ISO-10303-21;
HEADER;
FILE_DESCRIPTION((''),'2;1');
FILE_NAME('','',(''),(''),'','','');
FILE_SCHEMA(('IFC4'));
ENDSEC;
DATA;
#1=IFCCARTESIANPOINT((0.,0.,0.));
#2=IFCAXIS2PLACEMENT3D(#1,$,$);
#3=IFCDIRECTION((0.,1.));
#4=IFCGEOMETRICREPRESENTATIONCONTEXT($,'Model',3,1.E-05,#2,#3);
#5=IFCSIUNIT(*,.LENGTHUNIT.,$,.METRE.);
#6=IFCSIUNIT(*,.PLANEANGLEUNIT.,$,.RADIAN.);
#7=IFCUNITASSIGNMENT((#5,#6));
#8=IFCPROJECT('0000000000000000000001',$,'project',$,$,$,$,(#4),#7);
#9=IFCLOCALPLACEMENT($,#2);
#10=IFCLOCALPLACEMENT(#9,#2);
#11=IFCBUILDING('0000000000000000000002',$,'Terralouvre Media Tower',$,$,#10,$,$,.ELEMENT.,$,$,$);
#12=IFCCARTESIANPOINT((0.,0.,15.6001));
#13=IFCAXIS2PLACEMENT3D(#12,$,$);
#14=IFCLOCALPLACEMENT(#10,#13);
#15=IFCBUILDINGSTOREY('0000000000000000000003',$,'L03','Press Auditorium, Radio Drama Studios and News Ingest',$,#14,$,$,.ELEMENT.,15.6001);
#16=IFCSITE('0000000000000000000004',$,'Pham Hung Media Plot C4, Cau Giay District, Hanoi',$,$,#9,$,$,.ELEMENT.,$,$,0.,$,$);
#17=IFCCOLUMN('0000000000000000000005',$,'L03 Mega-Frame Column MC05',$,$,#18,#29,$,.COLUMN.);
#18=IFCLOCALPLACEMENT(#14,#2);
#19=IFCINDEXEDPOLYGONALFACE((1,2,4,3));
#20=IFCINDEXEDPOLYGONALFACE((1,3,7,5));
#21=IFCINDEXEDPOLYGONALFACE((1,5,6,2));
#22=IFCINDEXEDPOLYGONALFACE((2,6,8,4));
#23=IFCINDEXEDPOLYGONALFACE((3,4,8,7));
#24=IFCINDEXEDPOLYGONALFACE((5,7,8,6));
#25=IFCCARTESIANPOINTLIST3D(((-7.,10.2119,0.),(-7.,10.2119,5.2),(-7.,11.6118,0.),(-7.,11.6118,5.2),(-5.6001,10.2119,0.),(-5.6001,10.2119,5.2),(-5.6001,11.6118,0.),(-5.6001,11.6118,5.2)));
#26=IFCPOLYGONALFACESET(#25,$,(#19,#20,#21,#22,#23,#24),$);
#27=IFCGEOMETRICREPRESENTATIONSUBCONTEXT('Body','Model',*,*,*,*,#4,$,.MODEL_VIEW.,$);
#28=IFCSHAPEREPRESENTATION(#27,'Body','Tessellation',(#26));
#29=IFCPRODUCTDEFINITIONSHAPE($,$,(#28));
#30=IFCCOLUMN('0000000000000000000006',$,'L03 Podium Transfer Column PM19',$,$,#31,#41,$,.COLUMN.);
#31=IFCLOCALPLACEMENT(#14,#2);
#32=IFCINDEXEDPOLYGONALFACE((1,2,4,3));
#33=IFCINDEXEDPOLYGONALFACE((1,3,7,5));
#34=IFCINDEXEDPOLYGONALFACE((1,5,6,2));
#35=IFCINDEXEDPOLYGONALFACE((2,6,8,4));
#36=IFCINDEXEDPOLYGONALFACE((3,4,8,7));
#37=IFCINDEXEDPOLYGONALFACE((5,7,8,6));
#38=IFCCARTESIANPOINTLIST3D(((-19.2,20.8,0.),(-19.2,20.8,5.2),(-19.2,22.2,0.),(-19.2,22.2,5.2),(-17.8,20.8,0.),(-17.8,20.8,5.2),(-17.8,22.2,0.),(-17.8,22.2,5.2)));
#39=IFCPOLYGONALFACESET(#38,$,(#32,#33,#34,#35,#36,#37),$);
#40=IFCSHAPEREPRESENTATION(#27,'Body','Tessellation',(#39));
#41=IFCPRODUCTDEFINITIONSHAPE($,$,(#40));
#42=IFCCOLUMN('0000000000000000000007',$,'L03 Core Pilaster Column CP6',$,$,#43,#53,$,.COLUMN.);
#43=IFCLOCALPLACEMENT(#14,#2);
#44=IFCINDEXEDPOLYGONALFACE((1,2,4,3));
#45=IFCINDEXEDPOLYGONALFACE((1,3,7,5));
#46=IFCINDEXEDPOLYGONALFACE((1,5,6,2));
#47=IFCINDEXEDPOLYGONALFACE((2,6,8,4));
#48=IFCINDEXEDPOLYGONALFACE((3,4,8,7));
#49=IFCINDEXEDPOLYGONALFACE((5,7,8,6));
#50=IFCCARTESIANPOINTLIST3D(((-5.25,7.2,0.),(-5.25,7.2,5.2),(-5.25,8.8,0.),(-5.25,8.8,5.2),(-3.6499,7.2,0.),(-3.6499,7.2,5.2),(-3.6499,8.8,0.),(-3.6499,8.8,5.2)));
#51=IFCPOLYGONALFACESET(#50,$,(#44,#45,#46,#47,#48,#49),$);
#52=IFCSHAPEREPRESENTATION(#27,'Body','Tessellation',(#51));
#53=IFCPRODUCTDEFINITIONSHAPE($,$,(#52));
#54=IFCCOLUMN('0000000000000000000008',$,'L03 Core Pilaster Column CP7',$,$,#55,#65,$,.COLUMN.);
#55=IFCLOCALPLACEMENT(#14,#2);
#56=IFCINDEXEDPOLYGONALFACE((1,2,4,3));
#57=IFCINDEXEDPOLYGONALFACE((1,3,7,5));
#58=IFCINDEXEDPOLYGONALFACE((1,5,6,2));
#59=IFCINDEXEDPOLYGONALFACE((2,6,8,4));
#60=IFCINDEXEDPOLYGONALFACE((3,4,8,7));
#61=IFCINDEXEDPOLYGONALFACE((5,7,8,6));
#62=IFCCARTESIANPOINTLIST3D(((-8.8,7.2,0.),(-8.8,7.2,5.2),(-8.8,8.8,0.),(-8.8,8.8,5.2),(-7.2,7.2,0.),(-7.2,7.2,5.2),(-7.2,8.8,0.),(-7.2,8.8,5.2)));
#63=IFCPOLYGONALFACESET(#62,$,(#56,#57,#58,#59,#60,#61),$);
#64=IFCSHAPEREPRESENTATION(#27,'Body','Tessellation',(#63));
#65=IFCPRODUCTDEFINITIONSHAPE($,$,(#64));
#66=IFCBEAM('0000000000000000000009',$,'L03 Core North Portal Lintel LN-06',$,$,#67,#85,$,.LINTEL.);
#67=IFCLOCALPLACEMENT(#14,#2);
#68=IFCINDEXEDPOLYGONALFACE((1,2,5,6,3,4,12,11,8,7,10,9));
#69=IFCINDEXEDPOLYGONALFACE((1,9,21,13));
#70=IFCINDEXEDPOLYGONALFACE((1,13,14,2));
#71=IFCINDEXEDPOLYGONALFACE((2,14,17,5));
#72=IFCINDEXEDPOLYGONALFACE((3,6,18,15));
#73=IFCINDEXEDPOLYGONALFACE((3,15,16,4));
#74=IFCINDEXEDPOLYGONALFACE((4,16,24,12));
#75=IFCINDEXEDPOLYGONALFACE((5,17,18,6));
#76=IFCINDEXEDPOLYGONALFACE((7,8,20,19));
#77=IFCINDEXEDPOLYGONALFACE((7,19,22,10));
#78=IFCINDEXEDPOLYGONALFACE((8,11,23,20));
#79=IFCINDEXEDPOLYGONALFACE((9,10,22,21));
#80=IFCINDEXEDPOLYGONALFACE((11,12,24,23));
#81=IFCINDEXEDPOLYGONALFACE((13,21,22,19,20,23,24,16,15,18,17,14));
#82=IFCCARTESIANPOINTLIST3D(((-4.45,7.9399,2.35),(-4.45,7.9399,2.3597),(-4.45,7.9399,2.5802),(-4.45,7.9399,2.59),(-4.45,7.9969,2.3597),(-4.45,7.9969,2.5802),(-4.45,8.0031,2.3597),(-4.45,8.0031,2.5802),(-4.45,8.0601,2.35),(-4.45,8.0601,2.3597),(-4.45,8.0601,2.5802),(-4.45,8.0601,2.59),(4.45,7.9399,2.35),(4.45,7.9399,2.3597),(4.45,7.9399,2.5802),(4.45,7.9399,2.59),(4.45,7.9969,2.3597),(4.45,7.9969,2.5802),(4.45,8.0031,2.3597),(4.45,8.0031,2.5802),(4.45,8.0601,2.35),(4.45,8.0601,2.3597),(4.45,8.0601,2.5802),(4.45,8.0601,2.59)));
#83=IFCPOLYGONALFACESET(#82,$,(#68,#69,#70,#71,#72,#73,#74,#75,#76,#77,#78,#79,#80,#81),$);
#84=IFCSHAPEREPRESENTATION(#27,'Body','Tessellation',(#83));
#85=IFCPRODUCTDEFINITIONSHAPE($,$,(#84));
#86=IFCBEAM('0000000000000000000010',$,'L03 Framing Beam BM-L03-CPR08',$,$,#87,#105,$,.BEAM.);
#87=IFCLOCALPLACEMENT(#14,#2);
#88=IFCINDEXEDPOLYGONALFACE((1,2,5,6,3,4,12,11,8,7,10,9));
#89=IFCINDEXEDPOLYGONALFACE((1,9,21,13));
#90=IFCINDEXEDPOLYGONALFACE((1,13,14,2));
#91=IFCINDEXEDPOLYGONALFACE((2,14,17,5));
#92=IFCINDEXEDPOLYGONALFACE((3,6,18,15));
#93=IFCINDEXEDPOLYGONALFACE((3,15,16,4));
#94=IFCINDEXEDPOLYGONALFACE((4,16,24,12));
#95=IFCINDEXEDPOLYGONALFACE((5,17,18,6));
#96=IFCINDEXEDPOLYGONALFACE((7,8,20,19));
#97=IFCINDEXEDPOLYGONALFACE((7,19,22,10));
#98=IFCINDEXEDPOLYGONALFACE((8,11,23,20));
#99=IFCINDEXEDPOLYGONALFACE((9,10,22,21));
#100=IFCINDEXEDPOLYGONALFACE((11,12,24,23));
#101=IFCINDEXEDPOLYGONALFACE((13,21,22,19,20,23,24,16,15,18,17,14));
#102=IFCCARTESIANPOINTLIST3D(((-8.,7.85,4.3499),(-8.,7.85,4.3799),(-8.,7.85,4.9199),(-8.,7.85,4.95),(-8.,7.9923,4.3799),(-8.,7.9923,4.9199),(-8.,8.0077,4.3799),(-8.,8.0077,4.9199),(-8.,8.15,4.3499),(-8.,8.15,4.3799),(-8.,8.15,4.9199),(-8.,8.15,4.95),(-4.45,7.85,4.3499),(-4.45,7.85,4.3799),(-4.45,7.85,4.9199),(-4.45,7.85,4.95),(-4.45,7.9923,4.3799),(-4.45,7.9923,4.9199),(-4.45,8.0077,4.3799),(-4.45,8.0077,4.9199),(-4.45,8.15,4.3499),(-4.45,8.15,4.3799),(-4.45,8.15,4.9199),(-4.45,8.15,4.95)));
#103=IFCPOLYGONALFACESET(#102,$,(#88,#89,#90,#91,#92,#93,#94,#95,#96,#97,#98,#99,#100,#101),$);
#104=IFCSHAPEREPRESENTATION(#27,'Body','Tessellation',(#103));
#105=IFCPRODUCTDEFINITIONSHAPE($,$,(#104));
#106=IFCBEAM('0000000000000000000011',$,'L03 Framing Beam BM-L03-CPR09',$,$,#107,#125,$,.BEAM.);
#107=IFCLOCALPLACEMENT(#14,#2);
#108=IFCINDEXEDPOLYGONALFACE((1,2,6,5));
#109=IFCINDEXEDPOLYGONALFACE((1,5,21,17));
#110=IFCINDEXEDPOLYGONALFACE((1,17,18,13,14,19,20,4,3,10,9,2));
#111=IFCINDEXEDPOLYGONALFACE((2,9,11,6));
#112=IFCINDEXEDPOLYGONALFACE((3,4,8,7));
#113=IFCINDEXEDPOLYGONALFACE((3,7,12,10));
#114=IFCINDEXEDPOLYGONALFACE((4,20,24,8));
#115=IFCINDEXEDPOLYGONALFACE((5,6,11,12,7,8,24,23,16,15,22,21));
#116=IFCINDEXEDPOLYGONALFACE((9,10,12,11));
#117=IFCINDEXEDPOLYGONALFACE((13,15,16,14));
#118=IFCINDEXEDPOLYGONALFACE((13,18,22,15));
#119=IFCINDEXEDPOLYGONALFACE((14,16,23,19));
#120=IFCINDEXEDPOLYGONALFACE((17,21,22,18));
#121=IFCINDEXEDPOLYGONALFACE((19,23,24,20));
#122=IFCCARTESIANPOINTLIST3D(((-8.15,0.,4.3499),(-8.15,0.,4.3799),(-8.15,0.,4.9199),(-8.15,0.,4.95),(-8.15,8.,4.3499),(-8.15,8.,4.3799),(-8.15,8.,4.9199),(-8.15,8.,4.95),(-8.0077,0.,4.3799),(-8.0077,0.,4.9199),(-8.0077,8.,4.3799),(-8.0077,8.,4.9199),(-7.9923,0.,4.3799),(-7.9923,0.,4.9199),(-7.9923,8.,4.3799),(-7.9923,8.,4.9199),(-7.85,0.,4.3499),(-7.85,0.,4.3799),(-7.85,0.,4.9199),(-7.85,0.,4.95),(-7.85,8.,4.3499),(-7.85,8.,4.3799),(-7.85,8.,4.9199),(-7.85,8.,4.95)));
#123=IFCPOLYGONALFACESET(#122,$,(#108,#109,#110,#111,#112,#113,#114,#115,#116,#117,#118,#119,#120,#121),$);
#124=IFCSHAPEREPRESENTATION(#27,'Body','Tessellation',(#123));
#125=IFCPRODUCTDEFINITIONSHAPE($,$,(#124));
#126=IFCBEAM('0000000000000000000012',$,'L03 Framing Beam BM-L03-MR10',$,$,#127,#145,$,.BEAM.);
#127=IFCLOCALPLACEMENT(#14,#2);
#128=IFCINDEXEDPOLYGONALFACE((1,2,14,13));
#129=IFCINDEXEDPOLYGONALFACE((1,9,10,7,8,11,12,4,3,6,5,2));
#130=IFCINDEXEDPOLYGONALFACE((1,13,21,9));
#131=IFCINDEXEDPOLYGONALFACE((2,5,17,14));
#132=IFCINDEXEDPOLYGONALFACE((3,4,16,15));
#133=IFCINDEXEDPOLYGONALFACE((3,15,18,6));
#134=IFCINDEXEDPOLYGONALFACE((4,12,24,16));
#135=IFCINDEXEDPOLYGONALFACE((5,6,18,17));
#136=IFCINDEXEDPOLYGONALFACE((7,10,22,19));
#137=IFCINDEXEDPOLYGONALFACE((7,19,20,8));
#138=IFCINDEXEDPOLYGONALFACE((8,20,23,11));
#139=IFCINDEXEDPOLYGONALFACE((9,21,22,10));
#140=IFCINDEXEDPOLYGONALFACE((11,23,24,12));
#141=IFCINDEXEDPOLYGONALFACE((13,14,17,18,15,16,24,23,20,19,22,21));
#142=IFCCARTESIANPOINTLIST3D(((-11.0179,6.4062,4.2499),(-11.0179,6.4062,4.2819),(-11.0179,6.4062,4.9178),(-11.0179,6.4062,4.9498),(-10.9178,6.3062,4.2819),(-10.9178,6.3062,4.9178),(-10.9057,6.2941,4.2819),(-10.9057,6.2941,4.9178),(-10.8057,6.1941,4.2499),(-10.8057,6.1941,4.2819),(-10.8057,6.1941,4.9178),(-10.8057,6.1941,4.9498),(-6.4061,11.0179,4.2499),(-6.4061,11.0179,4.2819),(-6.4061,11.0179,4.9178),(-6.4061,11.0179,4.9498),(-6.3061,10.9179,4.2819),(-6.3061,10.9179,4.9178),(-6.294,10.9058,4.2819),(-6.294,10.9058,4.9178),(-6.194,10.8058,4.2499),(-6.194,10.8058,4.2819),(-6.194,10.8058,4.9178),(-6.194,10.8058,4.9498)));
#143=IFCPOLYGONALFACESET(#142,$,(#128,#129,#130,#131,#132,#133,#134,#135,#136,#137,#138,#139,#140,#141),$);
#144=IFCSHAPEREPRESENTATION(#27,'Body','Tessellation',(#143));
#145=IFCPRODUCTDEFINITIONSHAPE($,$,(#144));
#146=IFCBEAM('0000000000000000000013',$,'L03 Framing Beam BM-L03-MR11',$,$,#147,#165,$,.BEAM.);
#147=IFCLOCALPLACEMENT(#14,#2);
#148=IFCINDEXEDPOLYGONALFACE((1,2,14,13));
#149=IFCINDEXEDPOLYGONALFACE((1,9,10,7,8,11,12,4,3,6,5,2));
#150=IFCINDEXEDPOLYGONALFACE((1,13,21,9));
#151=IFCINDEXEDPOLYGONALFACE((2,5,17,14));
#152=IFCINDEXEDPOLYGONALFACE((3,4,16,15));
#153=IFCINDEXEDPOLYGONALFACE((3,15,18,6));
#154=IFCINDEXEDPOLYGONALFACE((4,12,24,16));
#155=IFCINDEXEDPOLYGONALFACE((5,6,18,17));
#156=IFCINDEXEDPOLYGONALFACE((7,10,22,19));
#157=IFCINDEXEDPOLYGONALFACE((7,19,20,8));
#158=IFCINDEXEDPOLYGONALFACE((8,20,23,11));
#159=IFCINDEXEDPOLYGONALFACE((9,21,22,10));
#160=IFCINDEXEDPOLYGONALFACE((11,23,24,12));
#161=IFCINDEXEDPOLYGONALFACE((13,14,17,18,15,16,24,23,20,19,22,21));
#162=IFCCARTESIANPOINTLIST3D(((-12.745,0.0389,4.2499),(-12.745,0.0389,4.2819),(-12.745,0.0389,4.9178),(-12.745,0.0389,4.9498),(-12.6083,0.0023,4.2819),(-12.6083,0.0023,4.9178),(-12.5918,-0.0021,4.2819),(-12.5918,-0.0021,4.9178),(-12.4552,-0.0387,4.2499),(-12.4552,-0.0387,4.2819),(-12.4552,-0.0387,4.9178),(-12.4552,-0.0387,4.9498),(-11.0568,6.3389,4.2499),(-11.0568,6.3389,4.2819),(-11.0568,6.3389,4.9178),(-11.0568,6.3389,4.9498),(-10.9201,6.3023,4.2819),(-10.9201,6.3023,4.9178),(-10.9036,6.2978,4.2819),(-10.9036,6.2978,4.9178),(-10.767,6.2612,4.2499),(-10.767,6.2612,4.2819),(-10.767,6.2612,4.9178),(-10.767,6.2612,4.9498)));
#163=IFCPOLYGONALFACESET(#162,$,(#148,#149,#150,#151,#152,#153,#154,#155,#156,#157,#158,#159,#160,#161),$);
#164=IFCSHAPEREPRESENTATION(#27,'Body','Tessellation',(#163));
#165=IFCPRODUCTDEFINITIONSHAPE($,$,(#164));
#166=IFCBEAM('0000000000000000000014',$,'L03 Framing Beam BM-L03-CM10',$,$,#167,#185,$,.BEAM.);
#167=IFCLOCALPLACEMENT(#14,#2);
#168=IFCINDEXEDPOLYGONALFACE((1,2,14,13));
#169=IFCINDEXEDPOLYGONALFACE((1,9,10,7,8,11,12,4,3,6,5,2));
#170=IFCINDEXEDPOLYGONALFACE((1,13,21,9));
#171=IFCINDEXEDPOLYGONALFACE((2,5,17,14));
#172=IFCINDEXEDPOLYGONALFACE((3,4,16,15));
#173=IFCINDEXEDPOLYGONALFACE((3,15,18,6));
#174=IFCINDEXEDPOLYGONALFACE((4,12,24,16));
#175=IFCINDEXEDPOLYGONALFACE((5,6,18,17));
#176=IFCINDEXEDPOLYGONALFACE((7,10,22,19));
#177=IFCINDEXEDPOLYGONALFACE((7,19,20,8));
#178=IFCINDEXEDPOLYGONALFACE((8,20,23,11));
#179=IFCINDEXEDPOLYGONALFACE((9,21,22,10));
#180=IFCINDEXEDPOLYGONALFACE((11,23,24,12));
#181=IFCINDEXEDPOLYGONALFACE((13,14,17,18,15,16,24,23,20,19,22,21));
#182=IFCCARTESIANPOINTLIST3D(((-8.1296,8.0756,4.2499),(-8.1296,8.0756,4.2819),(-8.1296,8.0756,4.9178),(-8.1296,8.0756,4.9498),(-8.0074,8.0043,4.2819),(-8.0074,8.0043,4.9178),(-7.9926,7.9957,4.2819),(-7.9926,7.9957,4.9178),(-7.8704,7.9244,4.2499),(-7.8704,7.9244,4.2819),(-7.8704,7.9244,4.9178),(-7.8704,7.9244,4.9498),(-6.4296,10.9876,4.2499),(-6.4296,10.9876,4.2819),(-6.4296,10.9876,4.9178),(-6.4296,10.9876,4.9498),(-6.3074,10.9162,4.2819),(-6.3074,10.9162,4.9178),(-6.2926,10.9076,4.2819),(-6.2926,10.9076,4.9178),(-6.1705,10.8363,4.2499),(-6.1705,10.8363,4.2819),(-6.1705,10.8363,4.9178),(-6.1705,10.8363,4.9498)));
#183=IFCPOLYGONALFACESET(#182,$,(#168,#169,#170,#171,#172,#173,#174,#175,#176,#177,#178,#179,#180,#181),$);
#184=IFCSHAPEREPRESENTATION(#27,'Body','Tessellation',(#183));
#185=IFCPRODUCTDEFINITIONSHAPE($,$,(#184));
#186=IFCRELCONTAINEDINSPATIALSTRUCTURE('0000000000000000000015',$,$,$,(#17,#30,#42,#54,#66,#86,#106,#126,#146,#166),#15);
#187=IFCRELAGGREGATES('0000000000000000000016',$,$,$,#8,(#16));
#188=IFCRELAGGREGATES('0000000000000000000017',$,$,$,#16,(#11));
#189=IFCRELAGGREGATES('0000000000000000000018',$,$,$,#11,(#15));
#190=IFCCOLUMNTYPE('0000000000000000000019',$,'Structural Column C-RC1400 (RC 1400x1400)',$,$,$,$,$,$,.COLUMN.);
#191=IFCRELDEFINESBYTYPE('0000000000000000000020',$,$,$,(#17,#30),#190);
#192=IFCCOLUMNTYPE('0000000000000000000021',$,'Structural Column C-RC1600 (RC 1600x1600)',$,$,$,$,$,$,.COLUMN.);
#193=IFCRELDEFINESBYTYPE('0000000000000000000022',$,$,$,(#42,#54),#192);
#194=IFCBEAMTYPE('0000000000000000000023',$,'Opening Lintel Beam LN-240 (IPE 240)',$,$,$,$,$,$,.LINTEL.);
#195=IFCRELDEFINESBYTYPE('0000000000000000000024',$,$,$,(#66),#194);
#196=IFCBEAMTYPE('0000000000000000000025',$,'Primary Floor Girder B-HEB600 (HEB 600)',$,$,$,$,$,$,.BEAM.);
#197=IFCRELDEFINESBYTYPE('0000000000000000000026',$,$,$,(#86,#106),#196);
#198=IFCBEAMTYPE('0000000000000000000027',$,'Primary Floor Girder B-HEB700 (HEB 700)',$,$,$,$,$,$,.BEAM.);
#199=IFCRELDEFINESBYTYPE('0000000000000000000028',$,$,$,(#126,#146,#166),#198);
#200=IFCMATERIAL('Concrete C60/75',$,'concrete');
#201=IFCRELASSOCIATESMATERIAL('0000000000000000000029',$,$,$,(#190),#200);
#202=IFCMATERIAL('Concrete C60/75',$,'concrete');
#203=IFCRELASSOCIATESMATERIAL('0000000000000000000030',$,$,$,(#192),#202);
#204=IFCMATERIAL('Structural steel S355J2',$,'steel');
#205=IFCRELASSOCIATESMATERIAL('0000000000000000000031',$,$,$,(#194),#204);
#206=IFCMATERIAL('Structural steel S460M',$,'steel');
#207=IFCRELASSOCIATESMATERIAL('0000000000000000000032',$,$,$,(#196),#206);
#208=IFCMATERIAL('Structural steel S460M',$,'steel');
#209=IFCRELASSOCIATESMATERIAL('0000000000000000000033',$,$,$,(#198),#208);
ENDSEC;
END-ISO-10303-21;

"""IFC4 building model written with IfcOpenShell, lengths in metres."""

from ifc_helpers import new_model, si_unit, direction, frame, origin, origin_2d, place, context, subcontext, project, spatial, rectangle, i_section, extrude, material, material_profile, profile_set, type_object, element, save


model = new_model("IFC4")

# Units and contexts
model_context = context("Model", 3, precision=1e-05, world=origin(), true_north=direction((0.0, 1.0)))
body_context = subcontext(model_context, "Body", "Model", "MODEL_VIEW")
ifc_project = project(units=[si_unit("LENGTHUNIT", "METRE"), si_unit("PLANEANGLEUNIT", "RADIAN")], contexts=[model_context])

# Site, building, storey
site_placement = place(None, origin())
site = spatial("IfcSite", under=ifc_project, at=site_placement, Name="Pham Hung Media Plot C4, Cau Giay District, Hanoi", CompositionType="ELEMENT", RefElevation=0.0)
building_placement = place(site_placement, origin())
building = spatial("IfcBuilding", under=site, at=building_placement, Name="Terralouvre Media Tower", CompositionType="ELEMENT")
storey_placement = place(building_placement, frame((0.0, 0.0, 15.6001)))
storey = spatial("IfcBuildingStorey", under=building, at=storey_placement, Name="L03", Description="Press Auditorium, Radio Drama Studios and News Ingest", CompositionType="ELEMENT", Elevation=15.6001)

# Columns
ifc_material_1 = material(Name="Concrete C60/75", Category="concrete")
ifc_material_profile_1 = material_profile(ifc_material_1, rectangle(XDim=1.3999, YDim=1.3999, at=origin_2d()), Name="RC 1400x1400")
ifc_profile_set_1 = profile_set([ifc_material_profile_1], Name="Concrete C60/75")
column_type_1 = type_object("IfcColumnType", Name="Structural Column C-RC1400 (RC 1400x1400)", PredefinedType="COLUMN", material=ifc_profile_set_1)
for number, where, z_axis, x_axis, name in (
    (1, (-6.3, 10.9119, 0.0), (0.0, 0.0, 1.0), (1.0, 0.0, 0.0), "L03 Mega-Frame Column MC05"),
    (2, (-18.5, 21.5, 0.0), (0.0, 0.0, 1.0), (1.0, 0.0, 0.0), "L03 Podium Transfer Column PM19"),
):
    element("IfcColumn", number, at=place(storey_placement, frame(where, z_axis=z_axis, x_axis=x_axis)), inside=storey, type_object=column_type_1, Name=name, PredefinedType="COLUMN", context=body_context, shape_type="SweptSolid", body=[
        extrude(rectangle(XDim=1.3999, YDim=1.3999, at=origin_2d()), origin(), (0.0, 0.0, 1.0), 5.2),
    ])
ifc_material_2 = material(Name="Concrete C60/75", Category="concrete")
ifc_material_profile_2 = material_profile(ifc_material_2, rectangle(XDim=1.6001, YDim=1.6001, at=origin_2d()), Name="RC 1600x1600")
ifc_profile_set_2 = profile_set([ifc_material_profile_2], Name="Concrete C60/75")
column_type_2 = type_object("IfcColumnType", Name="Structural Column C-RC1600 (RC 1600x1600)", PredefinedType="COLUMN", material=ifc_profile_set_2)
for number, where, z_axis, x_axis, name in (
    (3, (-4.45, 8.0, 0.0), (0.0, 0.0, 1.0), (1.0, 0.0, 0.0), "L03 Core Pilaster Column CP6"),
    (4, (-8.0, 8.0, 0.0), (0.0, 0.0, 1.0), (1.0, 0.0, 0.0), "L03 Core Pilaster Column CP7"),
):
    element("IfcColumn", number, at=place(storey_placement, frame(where, z_axis=z_axis, x_axis=x_axis)), inside=storey, type_object=column_type_2, Name=name, PredefinedType="COLUMN", context=body_context, shape_type="SweptSolid", body=[
        extrude(rectangle(XDim=1.6001, YDim=1.6001, at=origin_2d()), origin(), (0.0, 0.0, 1.0), 5.2),
    ])

# Beams
ifc_material_3 = material(Name="Structural steel S355J2", Category="steel")
ifc_material_profile_3 = material_profile(ifc_material_3, i_section(OverallWidth=0.1201, OverallDepth=0.24, WebThickness=0.0061, FlangeThickness=0.0098, at=origin_2d()), Name="IPE 240")
ifc_profile_set_3 = profile_set([ifc_material_profile_3], Name="Structural steel S355J2")
beam_type_1 = type_object("IfcBeamType", Name="Opening Lintel Beam LN-240 (IPE 240)", PredefinedType="LINTEL", material=ifc_profile_set_3)
beam_1_placement = place(storey_placement, frame((-4.45, 8.0, 2.47), z_axis=(1.0, 0.0, 0.0), x_axis=(0.0, 1.0, 0.0)))
element("IfcBeam", 5, at=beam_1_placement, inside=storey, type_object=beam_type_1, Name="L03 Core North Portal Lintel LN-06", PredefinedType="LINTEL", context=body_context, shape_type="SweptSolid", body=[
    extrude(i_section(OverallWidth=0.1201, OverallDepth=0.24, WebThickness=0.0061, FlangeThickness=0.0098, at=origin_2d()), origin(), (0.0, 0.0, 1.0), 8.8999),
])
ifc_material_4 = material(Name="Structural steel S460M", Category="steel")
ifc_material_profile_4 = material_profile(ifc_material_4, i_section(OverallWidth=0.3, OverallDepth=0.6001, WebThickness=0.0154, FlangeThickness=0.03, at=origin_2d()), Name="HEB 600")
ifc_profile_set_4 = profile_set([ifc_material_profile_4], Name="Structural steel S460M")
beam_type_2 = type_object("IfcBeamType", Name="Primary Floor Girder B-HEB600 (HEB 600)", PredefinedType="BEAM", material=ifc_profile_set_4)
beam_2_placement = place(storey_placement, frame((-4.45, 8.0, 4.6499), z_axis=(-1.0, 0.0, 0.0), x_axis=(0.0, -1.0, 0.0)))
element("IfcBeam", 6, at=beam_2_placement, inside=storey, type_object=beam_type_2, Name="L03 Framing Beam BM-L03-CPR08", PredefinedType="BEAM", context=body_context, shape_type="SweptSolid", body=[
    extrude(i_section(OverallWidth=0.3, OverallDepth=0.6001, WebThickness=0.0154, FlangeThickness=0.03, at=origin_2d()), origin(), (0.0, 0.0, 1.0), 3.55),
])
beam_3_placement = place(storey_placement, frame((-8.0, 8.0, 4.6499), z_axis=(0.0, -1.0, 0.0), x_axis=(1.0, 0.0, 0.0)))
element("IfcBeam", 7, at=beam_3_placement, inside=storey, type_object=beam_type_2, Name="L03 Framing Beam BM-L03-CPR09", PredefinedType="BEAM", context=body_context, shape_type="SweptSolid", body=[
    extrude(i_section(OverallWidth=0.3, OverallDepth=0.6001, WebThickness=0.0154, FlangeThickness=0.03, at=origin_2d()), origin(), (0.0, 0.0, 1.0), 8.0),
])
ifc_material_5 = material(Name="Structural steel S460M", Category="steel")
ifc_material_profile_5 = material_profile(ifc_material_5, i_section(OverallWidth=0.3, OverallDepth=0.7, WebThickness=0.0171, FlangeThickness=0.032, at=origin_2d()), Name="HEB 700")
ifc_profile_set_5 = profile_set([ifc_material_profile_5], Name="Structural steel S460M")
beam_type_3 = type_object("IfcBeamType", Name="Primary Floor Girder B-HEB700 (HEB 700)", PredefinedType="BEAM", material=ifc_profile_set_5)
beam_4_placement = place(storey_placement, frame((-6.3, 10.9119, 4.5999), z_axis=(-0.707107, -0.707107, 0.0), x_axis=(0.707107, -0.707107, 0.0)))
element("IfcBeam", 8, at=beam_4_placement, inside=storey, type_object=beam_type_3, Name="L03 Framing Beam BM-L03-MR10", PredefinedType="BEAM", context=body_context, shape_type="SweptSolid", body=[
    extrude(i_section(OverallWidth=0.3, OverallDepth=0.7, WebThickness=0.0171, FlangeThickness=0.032, at=origin_2d()), origin(), (0.0, 0.0, 1.0), 6.522),
])
beam_5_placement = place(storey_placement, frame((-10.9119, 6.3, 4.5999), z_axis=(-0.258839, -0.96592, 0.0), x_axis=(0.96592, -0.258839, 0.0)))
element("IfcBeam", 9, at=beam_5_placement, inside=storey, type_object=beam_type_3, Name="L03 Framing Beam BM-L03-MR11", PredefinedType="BEAM", context=body_context, shape_type="SweptSolid", body=[
    extrude(i_section(OverallWidth=0.3, OverallDepth=0.7, WebThickness=0.0171, FlangeThickness=0.032, at=origin_2d()), origin(), (0.0, 0.0, 1.0), 6.5222),
])
for number, where, z_axis, x_axis, name in (
    (10, (-8.0, 8.0, 4.5999), (0.504173, 0.863603, 0.0), (-0.863603, 0.504173, 0.0), "L03 Framing Beam BM-L03-CM10"),
):
    element("IfcBeam", number, at=place(storey_placement, frame(where, z_axis=z_axis, x_axis=x_axis)), inside=storey, type_object=beam_type_3, Name=name, PredefinedType="BEAM", context=body_context, shape_type="SweptSolid", body=[
        extrude(i_section(OverallWidth=0.3, OverallDepth=0.7, WebThickness=0.0171, FlangeThickness=0.032, at=origin_2d()), origin(), (0.0, 0.0, 1.0), 3.3718),
    ])

save(model, "model.ifc")
